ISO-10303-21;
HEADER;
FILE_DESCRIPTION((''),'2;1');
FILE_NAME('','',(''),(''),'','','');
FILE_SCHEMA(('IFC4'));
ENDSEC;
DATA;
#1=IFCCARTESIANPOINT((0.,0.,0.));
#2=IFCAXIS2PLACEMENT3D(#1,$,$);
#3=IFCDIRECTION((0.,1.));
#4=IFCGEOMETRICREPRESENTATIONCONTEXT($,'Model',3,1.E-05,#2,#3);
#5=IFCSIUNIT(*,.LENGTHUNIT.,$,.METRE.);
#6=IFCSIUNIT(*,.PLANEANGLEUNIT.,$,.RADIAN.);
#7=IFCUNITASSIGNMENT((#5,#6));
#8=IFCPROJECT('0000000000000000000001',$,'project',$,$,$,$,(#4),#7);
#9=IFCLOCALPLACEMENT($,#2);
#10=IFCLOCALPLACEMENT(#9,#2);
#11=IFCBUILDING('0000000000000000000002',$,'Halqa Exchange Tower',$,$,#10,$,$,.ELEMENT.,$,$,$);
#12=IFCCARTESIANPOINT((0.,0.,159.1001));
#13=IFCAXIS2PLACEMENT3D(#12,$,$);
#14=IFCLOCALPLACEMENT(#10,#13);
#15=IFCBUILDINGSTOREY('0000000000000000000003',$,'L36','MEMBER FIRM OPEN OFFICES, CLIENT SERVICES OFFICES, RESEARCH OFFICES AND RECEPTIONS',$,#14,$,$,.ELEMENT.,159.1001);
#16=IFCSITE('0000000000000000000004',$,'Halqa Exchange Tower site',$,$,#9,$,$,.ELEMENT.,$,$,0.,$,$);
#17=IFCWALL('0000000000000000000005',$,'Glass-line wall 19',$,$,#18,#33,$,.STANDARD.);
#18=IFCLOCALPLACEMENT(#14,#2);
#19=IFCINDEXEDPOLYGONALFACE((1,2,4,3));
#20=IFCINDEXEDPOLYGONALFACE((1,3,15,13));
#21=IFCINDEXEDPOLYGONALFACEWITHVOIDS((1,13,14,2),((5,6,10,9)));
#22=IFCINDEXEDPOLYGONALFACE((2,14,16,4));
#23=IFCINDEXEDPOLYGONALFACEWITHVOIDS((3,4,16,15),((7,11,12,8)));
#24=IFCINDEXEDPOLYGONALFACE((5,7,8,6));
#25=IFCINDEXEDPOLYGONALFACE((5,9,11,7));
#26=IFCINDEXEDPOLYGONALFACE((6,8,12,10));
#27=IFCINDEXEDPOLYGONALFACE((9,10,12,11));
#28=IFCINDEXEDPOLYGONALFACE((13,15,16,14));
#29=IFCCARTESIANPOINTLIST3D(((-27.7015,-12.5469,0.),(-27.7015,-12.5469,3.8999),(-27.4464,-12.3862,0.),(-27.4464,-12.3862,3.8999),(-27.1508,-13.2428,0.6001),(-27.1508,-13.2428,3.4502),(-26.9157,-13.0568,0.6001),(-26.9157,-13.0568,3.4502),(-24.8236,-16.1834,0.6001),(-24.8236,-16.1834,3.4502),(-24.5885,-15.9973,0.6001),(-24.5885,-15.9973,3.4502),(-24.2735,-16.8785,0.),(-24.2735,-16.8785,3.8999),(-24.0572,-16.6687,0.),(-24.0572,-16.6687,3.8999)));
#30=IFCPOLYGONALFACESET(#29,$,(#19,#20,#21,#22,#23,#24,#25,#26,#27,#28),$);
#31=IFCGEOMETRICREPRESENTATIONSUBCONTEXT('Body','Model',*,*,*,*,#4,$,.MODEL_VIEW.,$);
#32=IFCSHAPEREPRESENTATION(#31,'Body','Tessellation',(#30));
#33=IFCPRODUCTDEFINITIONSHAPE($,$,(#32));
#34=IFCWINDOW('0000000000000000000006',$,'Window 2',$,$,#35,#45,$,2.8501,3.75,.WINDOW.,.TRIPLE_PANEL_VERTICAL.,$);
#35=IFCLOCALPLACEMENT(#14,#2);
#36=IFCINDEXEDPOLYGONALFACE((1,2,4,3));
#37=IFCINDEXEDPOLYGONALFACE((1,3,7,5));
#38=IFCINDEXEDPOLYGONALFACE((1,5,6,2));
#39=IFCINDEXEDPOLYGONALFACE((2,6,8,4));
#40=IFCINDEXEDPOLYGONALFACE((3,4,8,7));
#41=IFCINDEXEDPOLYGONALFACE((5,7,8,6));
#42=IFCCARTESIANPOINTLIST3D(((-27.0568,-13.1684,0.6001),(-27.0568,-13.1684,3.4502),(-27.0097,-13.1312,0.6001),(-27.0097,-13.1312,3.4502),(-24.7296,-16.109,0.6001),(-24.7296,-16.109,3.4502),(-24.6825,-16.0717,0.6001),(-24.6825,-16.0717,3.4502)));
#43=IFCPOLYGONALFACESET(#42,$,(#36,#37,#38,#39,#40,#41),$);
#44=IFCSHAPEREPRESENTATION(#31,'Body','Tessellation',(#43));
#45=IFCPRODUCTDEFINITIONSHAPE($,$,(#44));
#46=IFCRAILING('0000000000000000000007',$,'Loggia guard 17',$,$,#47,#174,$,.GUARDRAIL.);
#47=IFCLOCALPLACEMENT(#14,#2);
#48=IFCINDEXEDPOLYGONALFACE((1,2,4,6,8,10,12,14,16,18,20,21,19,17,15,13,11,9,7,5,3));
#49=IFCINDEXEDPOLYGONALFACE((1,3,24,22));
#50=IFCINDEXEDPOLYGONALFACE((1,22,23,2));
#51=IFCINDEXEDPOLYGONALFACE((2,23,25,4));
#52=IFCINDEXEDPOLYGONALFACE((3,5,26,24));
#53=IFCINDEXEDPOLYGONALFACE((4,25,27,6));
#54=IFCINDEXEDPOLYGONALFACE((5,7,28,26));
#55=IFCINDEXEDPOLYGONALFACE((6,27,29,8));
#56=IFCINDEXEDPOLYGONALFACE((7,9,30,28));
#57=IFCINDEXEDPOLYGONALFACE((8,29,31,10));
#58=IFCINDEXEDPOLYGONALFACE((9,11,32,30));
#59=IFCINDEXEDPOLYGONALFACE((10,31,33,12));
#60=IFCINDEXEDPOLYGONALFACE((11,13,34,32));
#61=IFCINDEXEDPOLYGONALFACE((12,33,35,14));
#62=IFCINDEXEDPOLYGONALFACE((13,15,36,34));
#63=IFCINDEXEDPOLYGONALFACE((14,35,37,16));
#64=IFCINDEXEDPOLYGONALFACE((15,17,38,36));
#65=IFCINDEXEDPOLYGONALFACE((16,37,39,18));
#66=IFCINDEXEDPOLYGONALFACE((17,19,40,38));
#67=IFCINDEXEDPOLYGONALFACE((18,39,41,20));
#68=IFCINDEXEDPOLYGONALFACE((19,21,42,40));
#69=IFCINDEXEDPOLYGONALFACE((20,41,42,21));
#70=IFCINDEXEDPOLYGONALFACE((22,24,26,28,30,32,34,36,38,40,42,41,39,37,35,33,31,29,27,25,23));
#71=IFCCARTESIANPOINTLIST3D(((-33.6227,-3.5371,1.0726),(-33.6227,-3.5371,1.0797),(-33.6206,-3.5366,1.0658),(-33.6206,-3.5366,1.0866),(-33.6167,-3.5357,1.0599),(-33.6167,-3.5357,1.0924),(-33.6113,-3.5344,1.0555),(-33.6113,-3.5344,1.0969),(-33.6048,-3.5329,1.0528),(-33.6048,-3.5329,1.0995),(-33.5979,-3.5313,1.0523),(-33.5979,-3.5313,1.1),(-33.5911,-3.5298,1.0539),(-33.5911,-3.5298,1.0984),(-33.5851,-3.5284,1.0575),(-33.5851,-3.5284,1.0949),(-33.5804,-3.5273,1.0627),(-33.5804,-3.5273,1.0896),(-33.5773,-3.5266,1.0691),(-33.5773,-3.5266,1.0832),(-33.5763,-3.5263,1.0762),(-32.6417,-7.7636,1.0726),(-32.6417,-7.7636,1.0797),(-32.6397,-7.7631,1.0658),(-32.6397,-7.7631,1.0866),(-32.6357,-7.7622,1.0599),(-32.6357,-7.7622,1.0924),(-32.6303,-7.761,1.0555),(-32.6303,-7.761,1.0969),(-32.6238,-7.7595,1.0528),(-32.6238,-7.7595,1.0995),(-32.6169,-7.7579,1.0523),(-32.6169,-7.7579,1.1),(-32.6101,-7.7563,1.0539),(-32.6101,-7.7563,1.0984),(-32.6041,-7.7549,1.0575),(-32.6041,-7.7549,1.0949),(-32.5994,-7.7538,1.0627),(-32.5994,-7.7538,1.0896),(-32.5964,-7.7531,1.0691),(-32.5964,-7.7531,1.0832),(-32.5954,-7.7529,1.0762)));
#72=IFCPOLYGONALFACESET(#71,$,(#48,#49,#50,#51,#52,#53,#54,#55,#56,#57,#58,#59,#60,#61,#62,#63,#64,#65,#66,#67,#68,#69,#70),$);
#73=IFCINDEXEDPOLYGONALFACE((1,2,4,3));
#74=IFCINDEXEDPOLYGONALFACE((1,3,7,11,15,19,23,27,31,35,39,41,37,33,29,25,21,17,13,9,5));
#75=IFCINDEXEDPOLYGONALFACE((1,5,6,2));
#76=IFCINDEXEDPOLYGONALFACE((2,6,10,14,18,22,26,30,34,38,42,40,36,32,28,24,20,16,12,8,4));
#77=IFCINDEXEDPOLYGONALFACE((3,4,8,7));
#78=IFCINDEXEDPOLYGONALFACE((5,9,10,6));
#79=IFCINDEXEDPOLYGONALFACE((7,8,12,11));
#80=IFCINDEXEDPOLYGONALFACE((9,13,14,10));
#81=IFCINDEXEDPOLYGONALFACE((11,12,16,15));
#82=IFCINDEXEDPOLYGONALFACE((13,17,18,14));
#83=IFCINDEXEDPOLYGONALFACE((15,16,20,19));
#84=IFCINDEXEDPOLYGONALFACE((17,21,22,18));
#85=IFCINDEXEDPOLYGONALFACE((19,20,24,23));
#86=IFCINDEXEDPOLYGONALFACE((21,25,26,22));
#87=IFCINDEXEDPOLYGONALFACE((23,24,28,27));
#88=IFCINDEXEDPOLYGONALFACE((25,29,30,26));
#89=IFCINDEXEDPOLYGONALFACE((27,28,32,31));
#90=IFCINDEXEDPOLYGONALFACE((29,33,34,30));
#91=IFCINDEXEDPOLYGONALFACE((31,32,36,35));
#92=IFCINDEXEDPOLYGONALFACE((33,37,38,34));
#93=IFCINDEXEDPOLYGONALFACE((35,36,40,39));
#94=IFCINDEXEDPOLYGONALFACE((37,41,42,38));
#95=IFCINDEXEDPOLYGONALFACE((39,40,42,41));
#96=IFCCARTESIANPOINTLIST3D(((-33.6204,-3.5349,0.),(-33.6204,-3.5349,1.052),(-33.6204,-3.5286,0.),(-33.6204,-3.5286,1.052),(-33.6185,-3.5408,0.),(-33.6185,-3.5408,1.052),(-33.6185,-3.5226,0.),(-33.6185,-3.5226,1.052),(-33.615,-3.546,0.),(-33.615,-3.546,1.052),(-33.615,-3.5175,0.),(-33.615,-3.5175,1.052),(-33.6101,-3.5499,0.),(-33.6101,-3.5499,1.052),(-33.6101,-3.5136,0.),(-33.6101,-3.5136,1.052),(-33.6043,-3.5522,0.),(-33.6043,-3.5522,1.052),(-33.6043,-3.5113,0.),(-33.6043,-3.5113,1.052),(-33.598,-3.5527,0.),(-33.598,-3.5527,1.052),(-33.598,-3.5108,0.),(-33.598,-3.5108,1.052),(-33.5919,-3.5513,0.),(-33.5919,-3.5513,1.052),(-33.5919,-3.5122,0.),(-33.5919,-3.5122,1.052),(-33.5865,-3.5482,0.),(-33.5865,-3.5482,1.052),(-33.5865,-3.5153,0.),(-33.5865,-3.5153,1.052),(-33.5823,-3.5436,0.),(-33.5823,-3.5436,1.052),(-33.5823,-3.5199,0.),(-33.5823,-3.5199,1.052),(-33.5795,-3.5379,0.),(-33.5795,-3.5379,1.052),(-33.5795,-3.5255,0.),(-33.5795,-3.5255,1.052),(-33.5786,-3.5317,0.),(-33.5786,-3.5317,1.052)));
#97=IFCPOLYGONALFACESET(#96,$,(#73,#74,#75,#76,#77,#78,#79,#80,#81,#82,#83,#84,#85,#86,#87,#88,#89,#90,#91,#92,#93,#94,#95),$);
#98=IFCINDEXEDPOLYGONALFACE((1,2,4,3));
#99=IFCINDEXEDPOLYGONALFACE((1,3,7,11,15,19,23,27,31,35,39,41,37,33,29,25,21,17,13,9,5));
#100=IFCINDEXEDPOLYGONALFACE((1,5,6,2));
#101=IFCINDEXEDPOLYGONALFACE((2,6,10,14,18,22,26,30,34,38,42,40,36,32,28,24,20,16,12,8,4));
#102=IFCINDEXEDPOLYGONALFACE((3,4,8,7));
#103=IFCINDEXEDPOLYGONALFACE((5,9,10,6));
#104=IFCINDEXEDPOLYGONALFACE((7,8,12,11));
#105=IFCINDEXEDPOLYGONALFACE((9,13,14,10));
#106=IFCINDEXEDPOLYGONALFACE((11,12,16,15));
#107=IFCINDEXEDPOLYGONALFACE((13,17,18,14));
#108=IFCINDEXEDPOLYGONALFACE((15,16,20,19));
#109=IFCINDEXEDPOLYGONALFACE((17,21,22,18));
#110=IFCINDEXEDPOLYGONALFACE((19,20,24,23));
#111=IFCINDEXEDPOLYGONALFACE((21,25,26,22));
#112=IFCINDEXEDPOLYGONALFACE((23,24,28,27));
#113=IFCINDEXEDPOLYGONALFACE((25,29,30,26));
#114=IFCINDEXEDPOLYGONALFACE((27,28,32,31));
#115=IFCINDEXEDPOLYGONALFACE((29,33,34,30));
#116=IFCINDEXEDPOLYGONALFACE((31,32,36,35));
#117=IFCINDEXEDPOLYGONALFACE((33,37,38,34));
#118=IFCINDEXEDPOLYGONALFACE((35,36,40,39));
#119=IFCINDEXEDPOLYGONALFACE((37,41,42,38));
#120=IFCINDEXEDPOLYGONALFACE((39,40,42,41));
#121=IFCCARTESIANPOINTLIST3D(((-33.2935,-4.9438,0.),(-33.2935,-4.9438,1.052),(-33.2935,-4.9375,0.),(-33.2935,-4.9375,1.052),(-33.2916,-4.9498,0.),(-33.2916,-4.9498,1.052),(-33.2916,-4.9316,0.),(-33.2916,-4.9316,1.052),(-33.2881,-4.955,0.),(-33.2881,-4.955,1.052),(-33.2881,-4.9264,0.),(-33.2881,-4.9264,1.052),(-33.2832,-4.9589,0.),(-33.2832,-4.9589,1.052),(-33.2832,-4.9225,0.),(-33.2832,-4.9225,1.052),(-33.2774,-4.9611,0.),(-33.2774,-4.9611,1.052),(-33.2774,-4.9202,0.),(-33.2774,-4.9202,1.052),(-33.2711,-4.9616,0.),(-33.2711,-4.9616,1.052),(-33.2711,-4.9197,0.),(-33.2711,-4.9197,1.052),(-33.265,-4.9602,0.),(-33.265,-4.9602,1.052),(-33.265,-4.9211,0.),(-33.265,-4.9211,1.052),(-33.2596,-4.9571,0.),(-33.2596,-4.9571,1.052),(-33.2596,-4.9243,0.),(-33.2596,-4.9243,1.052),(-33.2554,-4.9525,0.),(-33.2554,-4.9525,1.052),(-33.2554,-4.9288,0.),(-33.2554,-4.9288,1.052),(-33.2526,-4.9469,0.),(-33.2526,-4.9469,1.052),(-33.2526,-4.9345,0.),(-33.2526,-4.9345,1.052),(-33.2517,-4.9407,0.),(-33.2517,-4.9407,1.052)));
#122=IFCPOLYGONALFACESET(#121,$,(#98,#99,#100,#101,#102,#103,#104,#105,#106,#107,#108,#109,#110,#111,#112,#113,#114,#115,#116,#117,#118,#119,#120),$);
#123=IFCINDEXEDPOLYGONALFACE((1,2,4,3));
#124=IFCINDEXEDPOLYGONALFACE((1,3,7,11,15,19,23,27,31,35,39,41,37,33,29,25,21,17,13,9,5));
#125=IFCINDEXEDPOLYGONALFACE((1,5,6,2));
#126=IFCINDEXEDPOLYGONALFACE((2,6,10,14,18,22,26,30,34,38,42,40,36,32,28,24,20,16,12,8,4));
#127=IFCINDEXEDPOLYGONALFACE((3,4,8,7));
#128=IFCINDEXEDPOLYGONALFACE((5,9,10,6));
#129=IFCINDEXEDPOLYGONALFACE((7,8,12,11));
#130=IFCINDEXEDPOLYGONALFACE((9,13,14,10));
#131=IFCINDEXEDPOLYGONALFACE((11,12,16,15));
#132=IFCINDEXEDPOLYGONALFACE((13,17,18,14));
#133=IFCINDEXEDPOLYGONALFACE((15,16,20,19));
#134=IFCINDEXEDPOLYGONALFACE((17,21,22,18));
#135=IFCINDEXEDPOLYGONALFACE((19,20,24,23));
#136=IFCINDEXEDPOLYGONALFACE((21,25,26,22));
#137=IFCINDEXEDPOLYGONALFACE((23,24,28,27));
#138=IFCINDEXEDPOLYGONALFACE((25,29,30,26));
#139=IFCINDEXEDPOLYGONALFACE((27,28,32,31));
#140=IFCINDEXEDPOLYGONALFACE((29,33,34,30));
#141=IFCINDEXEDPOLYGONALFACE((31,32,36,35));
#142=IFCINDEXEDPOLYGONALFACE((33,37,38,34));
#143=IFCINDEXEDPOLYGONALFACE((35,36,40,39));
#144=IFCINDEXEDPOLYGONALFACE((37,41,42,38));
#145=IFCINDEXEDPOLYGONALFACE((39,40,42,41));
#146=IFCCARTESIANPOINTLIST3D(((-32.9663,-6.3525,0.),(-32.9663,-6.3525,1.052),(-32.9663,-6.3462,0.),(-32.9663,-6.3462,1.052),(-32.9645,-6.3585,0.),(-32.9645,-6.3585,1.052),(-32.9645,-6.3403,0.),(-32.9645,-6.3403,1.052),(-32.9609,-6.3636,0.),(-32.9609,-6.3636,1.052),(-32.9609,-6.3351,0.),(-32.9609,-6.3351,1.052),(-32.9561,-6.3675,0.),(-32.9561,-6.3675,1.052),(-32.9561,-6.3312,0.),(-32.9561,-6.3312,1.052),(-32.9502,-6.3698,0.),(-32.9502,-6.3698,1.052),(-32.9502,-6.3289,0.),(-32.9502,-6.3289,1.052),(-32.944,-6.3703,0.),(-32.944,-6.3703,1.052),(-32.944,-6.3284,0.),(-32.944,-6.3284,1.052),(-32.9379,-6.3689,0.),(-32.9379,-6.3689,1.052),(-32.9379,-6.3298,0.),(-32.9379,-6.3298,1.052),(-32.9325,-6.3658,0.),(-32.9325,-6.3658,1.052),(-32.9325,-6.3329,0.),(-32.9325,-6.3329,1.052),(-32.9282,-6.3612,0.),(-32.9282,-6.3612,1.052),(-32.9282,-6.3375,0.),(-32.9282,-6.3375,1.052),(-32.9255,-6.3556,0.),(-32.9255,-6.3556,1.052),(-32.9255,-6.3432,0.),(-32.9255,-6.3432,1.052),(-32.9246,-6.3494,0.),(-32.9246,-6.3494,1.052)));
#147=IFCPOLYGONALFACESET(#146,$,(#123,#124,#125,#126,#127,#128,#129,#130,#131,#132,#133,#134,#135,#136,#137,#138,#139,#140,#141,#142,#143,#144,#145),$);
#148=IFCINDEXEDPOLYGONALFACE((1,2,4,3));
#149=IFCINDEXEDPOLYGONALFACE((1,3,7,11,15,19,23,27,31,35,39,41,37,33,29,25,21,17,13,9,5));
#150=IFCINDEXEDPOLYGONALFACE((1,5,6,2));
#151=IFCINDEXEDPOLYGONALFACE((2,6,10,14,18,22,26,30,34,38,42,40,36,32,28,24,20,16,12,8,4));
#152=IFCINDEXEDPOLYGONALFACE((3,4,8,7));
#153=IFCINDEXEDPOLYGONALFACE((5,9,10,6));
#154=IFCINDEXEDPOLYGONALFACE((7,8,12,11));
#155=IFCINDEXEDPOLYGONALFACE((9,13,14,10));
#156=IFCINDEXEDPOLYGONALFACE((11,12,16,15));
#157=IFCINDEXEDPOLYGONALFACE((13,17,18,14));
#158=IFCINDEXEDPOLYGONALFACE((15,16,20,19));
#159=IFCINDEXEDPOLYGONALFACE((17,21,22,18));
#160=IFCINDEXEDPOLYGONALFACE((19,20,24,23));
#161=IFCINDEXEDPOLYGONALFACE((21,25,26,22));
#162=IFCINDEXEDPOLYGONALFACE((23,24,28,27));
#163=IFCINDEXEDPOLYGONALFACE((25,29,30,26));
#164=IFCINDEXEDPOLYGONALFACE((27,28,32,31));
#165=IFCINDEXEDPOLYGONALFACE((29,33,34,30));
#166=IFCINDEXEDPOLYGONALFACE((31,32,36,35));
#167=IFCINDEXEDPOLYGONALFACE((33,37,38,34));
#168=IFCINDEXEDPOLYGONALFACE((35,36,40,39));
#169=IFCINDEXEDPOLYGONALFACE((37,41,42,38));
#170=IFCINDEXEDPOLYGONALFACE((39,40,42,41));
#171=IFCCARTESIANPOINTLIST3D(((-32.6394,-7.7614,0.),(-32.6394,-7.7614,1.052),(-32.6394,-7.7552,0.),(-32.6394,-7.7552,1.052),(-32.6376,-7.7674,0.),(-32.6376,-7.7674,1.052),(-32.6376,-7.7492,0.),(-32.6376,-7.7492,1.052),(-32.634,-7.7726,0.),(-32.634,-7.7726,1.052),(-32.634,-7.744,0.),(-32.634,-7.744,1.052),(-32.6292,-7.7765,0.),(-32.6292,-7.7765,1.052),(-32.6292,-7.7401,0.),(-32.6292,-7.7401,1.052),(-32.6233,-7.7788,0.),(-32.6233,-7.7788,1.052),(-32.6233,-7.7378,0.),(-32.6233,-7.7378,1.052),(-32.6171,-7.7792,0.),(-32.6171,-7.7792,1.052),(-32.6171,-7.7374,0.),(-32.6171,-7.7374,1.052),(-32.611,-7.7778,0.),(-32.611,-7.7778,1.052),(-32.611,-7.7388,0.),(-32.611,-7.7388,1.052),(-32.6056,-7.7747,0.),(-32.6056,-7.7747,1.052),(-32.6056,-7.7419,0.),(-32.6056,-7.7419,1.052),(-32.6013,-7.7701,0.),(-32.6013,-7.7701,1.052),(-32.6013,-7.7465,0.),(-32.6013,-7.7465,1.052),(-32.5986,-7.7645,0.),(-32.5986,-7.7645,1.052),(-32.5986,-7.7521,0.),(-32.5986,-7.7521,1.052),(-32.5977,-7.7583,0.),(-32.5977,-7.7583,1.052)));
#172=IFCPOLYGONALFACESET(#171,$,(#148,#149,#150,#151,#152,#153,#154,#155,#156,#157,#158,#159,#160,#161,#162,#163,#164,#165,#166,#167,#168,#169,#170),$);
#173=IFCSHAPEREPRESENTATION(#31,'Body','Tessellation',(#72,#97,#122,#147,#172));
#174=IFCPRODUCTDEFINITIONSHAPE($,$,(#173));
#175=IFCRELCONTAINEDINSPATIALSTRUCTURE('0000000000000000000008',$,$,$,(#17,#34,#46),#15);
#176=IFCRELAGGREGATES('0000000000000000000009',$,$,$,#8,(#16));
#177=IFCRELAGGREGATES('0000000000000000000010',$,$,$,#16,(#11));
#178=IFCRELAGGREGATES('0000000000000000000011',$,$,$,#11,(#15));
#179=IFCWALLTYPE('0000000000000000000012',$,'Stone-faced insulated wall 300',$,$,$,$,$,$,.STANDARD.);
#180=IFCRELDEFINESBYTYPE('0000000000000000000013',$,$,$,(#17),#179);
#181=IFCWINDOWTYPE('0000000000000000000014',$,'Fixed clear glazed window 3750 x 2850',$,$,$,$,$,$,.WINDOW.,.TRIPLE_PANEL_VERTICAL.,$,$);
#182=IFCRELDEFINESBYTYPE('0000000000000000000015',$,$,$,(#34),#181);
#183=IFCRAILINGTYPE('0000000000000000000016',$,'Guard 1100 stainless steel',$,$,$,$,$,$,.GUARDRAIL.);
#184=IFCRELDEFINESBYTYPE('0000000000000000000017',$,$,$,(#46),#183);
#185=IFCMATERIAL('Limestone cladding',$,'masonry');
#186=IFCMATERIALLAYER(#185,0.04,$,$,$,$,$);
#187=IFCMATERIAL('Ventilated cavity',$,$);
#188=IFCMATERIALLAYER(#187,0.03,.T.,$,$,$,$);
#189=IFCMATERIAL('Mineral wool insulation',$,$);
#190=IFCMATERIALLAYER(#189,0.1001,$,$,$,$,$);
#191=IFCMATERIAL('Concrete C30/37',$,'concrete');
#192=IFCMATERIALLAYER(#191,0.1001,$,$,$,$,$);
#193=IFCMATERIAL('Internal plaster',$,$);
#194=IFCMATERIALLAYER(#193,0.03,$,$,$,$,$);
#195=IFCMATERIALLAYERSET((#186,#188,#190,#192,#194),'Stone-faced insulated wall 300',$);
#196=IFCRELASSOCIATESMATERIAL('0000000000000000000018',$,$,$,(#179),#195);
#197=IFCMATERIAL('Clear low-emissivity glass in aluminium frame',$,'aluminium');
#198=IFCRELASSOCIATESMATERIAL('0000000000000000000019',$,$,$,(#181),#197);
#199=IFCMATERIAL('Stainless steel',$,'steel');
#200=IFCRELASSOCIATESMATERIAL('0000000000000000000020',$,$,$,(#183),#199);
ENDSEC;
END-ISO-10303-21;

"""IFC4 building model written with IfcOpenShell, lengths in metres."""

from ifc_helpers import new_model, si_unit, direction, frame, frame_2d, origin, origin_2d, place, context, subcontext, project, spatial, polyline, rectangle, circle, outline, extrude, material, layer, layer_set, type_object, element, fill, save


model = new_model("IFC4")

# Units and contexts
model_context = context("Model", 3, precision=1e-05, world=origin(), true_north=direction((0.0, 1.0)))
body_context = subcontext(model_context, "Body", "Model", "MODEL_VIEW")
ifc_project = project(units=[si_unit("LENGTHUNIT", "METRE"), si_unit("PLANEANGLEUNIT", "RADIAN")], contexts=[model_context])

# Site, building, storey
site_placement = place(None, origin())
site = spatial("IfcSite", under=ifc_project, at=site_placement, Name="Halqa Exchange Tower site", CompositionType="ELEMENT", RefElevation=0.0)
building_placement = place(site_placement, origin())
building = spatial("IfcBuilding", under=site, at=building_placement, Name="Halqa Exchange Tower", CompositionType="ELEMENT")
storey_placement = place(building_placement, frame((0.0, 0.0, 159.1001)))
storey = spatial("IfcBuildingStorey", under=building, at=storey_placement, Name="L36", Description="MEMBER FIRM OPEN OFFICES, CLIENT SERVICES OFFICES, RESEARCH OFFICES AND RECEPTIONS", CompositionType="ELEMENT", Elevation=159.1001)

# Wall, opening, window
ifc_material_1 = material(Name="Limestone cladding", Category="masonry")
ifc_layer_1 = layer(ifc_material_1, 0.04)
ifc_material_2 = material(Name="Ventilated cavity")
ifc_layer_2 = layer(ifc_material_2, 0.03, ventilated=True)
ifc_material_3 = material(Name="Mineral wool insulation")
ifc_layer_3 = layer(ifc_material_3, 0.1001)
ifc_material_4 = material(Name="Concrete C30/37", Category="concrete")
ifc_layer_4 = layer(ifc_material_4, 0.1001)
ifc_material_5 = material(Name="Internal plaster")
ifc_layer_5 = layer(ifc_material_5, 0.03)
ifc_layer_set_1 = layer_set([ifc_layer_1, ifc_layer_2, ifc_layer_3, ifc_layer_4, ifc_layer_5], Name="Stone-faced insulated wall 300")
wall_type_1 = type_object("IfcWallType", Name="Stone-faced insulated wall 300", PredefinedType="STANDARD", material=ifc_layer_set_1)
ifc_material_6 = material(Name="Clear low-emissivity glass in aluminium frame", Category="aluminium")
window_type = type_object("IfcWindowType", Name="Fixed clear glazed window 3750 x 2850", PartitioningType="TRIPLE_PANEL_VERTICAL", PredefinedType="WINDOW", material=ifc_material_6)
wall_1_placement = place(storey_placement, frame((-27.574, -12.4666, 0.0), z_axis=(0.0, 0.0, 1.0), x_axis=(0.620578, -0.784145, 0.0)))
wall_1 = element("IfcWall", 1, at=wall_1_placement, inside=storey, type_object=wall_type_1, Name="Glass-line wall 19", PredefinedType="STANDARD", context=body_context, shape_type="SweptSolid", body=[
    extrude(outline(polyline([(-0.0161, -0.1499), (5.5078, -0.1499), (5.4775, 0.1499), (0.0161, 0.1499), (-0.0161, -0.1499)])), origin(), (0.0, 0.0, 1.0), 3.8999),
])
opening_1_placement = place(wall_1_placement, frame((0.8713, 0.0, 0.6001)))
opening_1 = element("IfcOpeningElement", 2, at=opening_1_placement, cuts=wall_1, PredefinedType="OPENING", context=body_context, shape_type="SweptSolid", body=[
    extrude(rectangle(XDim=3.75, YDim=2.8501, at=frame_2d((1.875, 1.425))), frame((0.0, 0.1621, 0.0), z_axis=(0.0, -1.0, 0.0), x_axis=(1.0, 0.0, 0.0)), (0.0, 0.0, 1.0), 0.324),
])
window_1_placement = place(opening_1_placement, origin())
window_1 = element("IfcWindow", 3, at=window_1_placement, inside=storey, type_object=window_type, Name="Window 2", OverallHeight=2.8501, OverallWidth=3.75, PartitioningType="TRIPLE_PANEL_VERTICAL", PredefinedType="WINDOW", context=body_context, shape_type="SweptSolid", body=[
    extrude(rectangle(XDim=3.75, YDim=2.8501, at=frame_2d((1.875, 1.425))), frame((0.0, 0.03, 0.0), z_axis=(0.0, -1.0, 0.0), x_axis=(1.0, 0.0, 0.0)), (0.0, 0.0, 1.0), 0.0601),
])
fill(opening_1, window_1)

# Railing
ifc_material_7 = material(Name="Stainless steel", Category="steel")
railing_type = type_object("IfcRailingType", Name="Guard 1100 stainless steel", PredefinedType="GUARDRAIL", material=ifc_material_7)
railing_1_placement = place(storey_placement, frame((-33.5996, -3.5317, 0.0)))
element("IfcRailing", 4, at=railing_1_placement, inside=storey, type_object=railing_type, Name="Loggia guard 17", PredefinedType="GUARDRAIL", context=body_context, shape_type="SweptSolid", body=[
    extrude(circle(Radius=0.0239, at=origin_2d()), frame((0.0, 0.0, 1.0762), z_axis=(0.226084, -0.974108, 0.0), x_axis=(0.974108, 0.226084, 0.0)), (0.0, 0.0, 1.0), 4.3389),
    extrude(circle(Radius=0.021, at=origin_2d()), origin(), (0.0, 0.0, 1.0), 1.052),
    extrude(circle(Radius=0.021, at=origin_2d()), frame((0.3269, -1.4089, 0.0)), (0.0, 0.0, 1.0), 1.052),
    extrude(circle(Radius=0.021, at=origin_2d()), frame((0.6541, -2.8176, 0.0)), (0.0, 0.0, 1.0), 1.052),
    extrude(circle(Radius=0.021, at=origin_2d()), frame((0.981, -4.2266, 0.0)), (0.0, 0.0, 1.0), 1.052),
])

save(model, "model.ifc")
